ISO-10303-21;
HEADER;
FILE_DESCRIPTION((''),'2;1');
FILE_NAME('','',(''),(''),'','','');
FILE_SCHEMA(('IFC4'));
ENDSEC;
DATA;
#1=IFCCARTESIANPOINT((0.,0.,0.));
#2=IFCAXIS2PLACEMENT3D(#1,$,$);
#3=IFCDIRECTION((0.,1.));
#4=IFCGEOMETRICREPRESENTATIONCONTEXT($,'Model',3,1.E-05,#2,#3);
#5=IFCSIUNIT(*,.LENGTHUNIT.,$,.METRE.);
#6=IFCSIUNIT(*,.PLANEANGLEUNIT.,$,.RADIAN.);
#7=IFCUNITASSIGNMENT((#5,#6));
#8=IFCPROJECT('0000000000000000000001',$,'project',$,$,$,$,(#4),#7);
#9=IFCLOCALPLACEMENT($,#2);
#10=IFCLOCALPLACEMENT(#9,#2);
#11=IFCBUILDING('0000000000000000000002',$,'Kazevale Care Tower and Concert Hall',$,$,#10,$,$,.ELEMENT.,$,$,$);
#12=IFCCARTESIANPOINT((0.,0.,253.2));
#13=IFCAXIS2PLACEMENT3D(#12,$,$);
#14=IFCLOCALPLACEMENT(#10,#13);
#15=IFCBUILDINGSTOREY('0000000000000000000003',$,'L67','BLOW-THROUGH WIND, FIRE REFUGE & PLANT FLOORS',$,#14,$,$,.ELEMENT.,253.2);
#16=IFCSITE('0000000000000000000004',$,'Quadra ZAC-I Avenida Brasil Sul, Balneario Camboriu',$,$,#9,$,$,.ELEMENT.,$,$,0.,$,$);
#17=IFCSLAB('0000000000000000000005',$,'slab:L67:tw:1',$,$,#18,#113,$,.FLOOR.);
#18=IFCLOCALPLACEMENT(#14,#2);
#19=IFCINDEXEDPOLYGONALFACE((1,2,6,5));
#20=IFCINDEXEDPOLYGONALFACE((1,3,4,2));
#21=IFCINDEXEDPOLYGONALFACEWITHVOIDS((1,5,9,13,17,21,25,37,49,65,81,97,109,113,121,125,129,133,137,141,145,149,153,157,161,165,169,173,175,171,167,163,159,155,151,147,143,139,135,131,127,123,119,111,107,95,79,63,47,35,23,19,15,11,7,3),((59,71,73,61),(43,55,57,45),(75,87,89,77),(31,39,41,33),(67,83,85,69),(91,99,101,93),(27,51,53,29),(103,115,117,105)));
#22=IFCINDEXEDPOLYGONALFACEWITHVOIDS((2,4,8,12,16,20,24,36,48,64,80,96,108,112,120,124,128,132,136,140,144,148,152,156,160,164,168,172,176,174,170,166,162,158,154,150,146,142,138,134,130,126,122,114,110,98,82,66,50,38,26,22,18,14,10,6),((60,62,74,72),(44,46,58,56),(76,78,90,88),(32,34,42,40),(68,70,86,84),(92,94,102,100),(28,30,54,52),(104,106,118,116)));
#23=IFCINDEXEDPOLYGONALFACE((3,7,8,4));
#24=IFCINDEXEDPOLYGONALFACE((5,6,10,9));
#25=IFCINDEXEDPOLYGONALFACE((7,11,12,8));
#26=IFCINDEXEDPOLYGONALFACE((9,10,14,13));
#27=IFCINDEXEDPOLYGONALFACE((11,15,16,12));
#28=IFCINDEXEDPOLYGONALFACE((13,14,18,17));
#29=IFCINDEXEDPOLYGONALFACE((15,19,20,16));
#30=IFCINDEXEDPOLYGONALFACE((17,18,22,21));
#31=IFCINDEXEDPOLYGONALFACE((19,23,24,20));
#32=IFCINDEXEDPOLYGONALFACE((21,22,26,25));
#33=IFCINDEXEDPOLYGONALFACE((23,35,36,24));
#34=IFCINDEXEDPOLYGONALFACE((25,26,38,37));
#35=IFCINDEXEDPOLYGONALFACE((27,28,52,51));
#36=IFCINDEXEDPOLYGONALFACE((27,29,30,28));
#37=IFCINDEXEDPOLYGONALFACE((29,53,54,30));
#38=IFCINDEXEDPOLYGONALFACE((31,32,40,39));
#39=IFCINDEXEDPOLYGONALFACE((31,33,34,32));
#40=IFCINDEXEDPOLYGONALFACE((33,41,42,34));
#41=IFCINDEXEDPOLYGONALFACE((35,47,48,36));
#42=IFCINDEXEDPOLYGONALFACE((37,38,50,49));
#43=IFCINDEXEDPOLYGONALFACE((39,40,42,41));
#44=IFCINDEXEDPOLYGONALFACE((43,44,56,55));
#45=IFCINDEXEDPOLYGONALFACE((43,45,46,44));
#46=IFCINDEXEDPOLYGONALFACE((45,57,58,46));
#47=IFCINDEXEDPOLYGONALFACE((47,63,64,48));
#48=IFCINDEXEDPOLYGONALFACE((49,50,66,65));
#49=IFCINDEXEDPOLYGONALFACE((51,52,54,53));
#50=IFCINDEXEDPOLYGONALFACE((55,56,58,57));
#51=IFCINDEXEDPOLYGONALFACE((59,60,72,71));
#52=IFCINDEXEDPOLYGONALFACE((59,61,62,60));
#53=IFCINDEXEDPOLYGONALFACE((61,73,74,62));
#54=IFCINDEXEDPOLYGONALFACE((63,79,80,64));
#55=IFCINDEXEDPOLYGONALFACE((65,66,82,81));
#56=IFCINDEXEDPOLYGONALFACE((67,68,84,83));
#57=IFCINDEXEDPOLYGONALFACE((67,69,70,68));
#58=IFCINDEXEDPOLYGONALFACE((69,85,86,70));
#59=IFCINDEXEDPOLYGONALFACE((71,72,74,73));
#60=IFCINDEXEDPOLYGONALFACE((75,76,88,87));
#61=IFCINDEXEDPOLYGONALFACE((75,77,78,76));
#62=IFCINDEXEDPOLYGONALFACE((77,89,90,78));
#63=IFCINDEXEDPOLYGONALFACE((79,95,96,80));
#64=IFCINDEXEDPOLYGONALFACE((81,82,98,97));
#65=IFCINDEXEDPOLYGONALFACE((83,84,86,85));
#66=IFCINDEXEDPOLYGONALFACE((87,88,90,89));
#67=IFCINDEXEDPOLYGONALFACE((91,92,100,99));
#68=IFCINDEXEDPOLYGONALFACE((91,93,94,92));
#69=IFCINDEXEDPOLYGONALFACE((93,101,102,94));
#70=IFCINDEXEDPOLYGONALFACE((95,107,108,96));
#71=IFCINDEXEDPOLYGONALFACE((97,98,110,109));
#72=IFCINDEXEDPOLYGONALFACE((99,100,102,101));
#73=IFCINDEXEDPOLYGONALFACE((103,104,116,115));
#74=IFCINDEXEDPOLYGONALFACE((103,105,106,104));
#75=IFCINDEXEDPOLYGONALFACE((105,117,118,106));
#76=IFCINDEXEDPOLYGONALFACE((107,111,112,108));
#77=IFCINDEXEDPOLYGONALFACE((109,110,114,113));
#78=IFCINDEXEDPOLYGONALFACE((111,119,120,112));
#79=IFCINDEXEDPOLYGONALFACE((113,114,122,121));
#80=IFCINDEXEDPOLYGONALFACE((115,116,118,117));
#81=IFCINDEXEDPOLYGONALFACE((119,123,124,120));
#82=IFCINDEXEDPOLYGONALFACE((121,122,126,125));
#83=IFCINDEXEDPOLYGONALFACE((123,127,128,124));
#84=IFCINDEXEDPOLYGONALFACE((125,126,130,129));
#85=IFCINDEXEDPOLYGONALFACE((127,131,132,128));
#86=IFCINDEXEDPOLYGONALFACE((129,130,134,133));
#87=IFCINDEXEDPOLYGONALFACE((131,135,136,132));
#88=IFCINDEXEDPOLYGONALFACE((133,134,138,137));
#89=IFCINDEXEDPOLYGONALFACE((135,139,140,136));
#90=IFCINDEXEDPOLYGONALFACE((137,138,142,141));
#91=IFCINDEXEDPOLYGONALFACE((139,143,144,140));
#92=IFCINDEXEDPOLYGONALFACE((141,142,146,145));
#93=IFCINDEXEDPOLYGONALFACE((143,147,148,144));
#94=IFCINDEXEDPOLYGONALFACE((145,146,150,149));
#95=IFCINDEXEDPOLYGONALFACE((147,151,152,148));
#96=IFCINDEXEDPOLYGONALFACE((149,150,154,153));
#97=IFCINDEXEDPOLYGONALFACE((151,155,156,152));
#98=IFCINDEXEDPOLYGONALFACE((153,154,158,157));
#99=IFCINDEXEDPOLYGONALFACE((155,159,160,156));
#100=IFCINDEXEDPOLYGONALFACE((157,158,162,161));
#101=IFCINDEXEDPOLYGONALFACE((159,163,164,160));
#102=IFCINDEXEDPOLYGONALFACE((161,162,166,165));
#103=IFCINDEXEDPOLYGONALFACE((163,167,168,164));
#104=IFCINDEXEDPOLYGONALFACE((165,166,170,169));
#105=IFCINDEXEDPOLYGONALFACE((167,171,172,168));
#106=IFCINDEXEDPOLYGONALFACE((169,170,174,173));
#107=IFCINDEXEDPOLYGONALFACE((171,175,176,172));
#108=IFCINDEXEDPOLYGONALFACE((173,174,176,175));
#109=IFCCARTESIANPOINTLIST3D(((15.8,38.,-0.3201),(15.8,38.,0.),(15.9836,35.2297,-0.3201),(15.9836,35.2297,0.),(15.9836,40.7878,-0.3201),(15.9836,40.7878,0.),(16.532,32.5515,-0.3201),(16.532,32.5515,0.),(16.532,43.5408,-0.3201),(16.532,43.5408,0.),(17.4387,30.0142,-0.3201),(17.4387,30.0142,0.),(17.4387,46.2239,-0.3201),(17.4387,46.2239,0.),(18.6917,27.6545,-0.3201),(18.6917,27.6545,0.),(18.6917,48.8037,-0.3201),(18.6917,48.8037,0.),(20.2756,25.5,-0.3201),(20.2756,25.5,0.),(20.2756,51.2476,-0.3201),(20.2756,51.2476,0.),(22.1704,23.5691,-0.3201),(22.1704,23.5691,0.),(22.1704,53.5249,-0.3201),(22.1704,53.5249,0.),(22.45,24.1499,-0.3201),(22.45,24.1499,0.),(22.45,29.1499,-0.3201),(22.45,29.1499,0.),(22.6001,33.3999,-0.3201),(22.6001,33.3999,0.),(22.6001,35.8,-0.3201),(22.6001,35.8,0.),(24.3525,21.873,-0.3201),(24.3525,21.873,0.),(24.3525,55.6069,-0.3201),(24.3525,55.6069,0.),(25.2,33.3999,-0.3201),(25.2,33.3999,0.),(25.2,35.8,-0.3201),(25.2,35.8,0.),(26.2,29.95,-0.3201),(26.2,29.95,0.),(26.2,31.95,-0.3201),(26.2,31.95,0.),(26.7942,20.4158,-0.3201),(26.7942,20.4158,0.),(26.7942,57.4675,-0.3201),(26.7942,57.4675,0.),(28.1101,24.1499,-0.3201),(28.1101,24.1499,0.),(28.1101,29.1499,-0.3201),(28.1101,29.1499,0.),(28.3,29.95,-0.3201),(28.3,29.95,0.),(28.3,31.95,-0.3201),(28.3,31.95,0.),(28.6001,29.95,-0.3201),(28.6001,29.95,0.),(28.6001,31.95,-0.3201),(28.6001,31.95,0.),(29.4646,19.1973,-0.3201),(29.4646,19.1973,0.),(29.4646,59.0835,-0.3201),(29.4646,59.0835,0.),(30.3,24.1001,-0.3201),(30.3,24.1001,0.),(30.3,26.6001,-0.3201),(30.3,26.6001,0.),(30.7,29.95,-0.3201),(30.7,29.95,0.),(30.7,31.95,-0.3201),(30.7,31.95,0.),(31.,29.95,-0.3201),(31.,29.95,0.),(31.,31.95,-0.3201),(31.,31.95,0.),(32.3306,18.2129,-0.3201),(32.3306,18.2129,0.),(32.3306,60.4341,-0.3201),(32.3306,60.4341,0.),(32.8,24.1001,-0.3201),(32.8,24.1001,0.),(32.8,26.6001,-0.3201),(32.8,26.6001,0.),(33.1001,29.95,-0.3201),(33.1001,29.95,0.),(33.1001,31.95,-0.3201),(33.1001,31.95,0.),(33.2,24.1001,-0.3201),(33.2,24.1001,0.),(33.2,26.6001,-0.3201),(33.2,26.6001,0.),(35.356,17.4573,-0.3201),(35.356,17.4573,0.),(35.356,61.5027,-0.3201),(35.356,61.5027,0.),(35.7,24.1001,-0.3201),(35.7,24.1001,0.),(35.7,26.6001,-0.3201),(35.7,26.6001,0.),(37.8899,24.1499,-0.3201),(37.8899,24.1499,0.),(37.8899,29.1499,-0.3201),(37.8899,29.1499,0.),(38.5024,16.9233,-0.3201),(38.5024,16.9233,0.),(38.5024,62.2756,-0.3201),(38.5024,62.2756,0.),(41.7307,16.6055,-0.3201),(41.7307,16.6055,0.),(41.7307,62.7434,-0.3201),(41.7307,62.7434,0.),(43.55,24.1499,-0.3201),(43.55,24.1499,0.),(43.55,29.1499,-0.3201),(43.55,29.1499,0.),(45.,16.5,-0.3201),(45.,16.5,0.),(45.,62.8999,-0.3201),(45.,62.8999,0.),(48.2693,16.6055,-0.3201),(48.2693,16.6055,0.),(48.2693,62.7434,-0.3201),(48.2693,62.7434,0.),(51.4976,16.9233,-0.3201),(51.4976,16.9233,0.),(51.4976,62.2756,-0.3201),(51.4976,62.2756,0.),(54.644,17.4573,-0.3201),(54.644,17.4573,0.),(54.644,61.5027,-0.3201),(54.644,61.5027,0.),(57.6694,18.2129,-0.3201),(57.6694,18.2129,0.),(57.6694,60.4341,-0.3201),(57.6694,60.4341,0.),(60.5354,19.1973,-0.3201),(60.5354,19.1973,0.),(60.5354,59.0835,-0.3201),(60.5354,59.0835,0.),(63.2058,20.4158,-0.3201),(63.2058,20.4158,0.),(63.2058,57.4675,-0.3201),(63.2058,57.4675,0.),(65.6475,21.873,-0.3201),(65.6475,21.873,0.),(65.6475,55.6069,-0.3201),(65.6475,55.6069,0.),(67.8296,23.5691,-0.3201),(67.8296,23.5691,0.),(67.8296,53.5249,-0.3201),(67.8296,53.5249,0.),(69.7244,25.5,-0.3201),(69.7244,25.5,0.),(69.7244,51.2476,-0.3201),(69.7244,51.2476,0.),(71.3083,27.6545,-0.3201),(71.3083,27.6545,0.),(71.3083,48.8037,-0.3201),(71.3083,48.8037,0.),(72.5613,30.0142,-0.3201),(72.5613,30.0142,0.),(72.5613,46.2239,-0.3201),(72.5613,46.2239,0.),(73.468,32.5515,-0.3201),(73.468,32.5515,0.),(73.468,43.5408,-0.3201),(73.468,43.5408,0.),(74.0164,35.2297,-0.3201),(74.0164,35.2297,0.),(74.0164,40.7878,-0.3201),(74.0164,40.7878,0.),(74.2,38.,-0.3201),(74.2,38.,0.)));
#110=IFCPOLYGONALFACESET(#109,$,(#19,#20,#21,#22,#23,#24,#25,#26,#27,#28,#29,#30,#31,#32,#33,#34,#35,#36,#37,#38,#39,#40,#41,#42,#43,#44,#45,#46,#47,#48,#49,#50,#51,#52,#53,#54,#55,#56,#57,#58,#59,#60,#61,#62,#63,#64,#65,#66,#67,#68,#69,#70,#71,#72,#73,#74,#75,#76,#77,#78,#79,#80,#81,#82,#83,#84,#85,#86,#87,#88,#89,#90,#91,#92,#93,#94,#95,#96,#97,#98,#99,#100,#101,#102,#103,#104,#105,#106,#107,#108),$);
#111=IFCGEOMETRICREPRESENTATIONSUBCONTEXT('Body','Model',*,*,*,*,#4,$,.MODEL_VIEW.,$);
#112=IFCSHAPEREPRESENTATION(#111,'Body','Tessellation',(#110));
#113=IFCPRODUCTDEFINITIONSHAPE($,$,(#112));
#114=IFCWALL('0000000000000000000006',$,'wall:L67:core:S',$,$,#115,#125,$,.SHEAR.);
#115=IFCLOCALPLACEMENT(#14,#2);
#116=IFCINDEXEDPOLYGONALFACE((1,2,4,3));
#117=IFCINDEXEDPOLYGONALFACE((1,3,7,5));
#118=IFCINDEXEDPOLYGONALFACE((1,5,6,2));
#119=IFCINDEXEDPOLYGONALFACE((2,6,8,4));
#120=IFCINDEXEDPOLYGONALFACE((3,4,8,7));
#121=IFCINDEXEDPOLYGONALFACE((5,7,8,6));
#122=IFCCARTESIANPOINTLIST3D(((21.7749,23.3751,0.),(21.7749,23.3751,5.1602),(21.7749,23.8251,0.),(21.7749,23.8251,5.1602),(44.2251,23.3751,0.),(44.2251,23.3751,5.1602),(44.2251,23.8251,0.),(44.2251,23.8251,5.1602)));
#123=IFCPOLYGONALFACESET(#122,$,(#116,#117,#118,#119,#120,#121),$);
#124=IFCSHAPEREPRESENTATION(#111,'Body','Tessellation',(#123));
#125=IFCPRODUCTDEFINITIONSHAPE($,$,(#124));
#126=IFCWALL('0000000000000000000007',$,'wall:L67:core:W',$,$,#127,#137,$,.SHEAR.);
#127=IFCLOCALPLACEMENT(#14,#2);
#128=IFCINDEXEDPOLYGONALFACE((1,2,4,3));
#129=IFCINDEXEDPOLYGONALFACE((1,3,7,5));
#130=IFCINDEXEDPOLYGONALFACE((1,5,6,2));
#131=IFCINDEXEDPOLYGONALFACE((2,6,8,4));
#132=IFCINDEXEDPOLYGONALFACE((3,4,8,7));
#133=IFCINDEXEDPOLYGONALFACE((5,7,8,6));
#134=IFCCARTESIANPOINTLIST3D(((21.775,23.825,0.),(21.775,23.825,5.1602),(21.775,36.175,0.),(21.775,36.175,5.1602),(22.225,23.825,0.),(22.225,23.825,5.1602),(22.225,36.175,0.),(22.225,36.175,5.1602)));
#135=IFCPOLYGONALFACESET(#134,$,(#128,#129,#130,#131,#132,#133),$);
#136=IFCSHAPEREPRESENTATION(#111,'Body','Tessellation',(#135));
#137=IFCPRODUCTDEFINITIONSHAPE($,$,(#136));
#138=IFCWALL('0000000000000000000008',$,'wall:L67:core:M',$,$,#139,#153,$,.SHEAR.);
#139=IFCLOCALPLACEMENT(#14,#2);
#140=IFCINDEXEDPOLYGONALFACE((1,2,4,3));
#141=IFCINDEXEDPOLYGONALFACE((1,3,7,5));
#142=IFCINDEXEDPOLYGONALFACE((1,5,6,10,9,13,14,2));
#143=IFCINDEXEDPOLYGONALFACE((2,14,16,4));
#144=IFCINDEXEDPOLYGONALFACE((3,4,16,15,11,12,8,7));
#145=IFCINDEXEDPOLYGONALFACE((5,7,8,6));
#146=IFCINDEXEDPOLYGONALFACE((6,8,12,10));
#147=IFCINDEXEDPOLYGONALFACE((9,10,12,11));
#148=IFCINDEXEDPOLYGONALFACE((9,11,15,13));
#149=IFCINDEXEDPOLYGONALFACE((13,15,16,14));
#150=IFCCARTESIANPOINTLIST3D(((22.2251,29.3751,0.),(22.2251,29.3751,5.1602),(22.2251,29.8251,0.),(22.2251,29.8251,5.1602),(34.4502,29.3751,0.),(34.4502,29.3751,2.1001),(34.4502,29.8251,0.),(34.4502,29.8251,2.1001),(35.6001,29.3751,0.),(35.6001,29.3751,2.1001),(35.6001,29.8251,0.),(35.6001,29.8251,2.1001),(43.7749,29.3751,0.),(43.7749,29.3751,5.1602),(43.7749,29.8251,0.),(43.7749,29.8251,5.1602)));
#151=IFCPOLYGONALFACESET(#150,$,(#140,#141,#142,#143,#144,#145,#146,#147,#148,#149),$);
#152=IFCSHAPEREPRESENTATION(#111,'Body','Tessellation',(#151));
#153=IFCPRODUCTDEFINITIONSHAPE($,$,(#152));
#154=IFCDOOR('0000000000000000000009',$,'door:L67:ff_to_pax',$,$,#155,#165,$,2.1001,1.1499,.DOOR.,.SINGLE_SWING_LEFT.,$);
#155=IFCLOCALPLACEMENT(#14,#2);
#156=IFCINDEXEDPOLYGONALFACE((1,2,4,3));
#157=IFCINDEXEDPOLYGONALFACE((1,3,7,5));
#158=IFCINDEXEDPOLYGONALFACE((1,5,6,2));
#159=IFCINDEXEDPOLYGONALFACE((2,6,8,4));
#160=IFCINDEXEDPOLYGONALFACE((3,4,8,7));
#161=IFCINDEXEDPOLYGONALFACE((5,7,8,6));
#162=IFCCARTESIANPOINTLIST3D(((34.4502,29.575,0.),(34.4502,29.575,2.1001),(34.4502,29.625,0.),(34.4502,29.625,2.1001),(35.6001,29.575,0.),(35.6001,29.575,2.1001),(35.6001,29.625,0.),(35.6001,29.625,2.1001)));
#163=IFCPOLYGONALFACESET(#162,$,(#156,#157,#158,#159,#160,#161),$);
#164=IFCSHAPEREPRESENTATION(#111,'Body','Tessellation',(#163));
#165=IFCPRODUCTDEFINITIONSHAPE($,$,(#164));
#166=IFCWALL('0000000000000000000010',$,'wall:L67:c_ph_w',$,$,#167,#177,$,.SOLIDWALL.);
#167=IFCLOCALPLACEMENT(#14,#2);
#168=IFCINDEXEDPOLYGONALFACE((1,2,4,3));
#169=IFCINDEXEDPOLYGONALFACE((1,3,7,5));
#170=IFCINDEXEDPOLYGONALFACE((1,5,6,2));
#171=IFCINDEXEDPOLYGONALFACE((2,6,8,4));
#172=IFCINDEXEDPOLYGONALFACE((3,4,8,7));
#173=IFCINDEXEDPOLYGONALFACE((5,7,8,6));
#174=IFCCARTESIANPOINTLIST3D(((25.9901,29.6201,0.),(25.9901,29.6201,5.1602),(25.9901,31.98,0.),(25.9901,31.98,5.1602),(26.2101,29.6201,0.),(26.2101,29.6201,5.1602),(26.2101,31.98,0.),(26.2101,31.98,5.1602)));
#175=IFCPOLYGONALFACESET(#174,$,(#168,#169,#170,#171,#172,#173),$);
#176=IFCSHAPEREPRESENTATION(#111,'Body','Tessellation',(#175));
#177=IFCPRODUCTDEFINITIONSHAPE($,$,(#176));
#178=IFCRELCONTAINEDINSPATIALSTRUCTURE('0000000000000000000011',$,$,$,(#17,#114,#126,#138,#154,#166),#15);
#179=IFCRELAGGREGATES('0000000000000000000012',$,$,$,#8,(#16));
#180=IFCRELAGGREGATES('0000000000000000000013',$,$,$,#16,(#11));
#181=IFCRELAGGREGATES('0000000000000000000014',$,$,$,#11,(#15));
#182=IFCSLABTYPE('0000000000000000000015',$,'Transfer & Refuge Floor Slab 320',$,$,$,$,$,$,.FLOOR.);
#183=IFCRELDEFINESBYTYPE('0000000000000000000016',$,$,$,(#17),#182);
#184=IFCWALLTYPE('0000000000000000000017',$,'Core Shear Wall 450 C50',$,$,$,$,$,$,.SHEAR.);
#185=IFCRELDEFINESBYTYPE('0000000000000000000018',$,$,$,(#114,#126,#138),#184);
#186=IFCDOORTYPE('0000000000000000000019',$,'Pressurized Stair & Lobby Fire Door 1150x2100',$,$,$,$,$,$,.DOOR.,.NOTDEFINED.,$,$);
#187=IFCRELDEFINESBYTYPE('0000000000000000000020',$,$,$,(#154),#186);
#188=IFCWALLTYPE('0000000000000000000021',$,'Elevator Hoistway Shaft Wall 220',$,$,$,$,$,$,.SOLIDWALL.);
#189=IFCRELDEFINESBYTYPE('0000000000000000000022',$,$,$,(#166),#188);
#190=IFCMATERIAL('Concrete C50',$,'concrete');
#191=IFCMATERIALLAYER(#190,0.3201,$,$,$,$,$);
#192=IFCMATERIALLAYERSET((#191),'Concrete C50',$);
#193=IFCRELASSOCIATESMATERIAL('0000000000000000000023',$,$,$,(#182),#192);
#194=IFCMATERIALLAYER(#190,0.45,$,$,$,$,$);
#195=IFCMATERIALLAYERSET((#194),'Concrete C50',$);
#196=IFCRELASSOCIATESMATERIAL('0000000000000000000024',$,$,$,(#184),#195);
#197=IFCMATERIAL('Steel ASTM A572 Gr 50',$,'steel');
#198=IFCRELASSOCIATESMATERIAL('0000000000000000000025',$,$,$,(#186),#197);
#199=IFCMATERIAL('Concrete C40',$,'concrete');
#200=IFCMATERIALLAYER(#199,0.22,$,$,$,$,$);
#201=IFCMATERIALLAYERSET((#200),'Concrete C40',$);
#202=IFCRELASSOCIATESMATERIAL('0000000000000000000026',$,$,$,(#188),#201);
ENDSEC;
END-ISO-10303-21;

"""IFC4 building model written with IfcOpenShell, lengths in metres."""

from ifc_helpers import new_model, si_unit, direction, frame, frame_2d, origin, place, context, subcontext, project, spatial, polyline, rectangle, outline, extrude, material, layer, layer_set, type_object, element, fill, save


model = new_model("IFC4")

# Units and contexts
model_context = context("Model", 3, precision=1e-05, world=origin(), true_north=direction((0.0, 1.0)))
body_context = subcontext(model_context, "Body", "Model", "MODEL_VIEW")
ifc_project = project(units=[si_unit("LENGTHUNIT", "METRE"), si_unit("PLANEANGLEUNIT", "RADIAN")], contexts=[model_context])

# Site, building, storey
site_placement = place(None, origin())
site = spatial("IfcSite", under=ifc_project, at=site_placement, Name="Quadra ZAC-I Avenida Brasil Sul, Balneario Camboriu", CompositionType="ELEMENT", RefElevation=0.0)
building_placement = place(site_placement, origin())
building = spatial("IfcBuilding", under=site, at=building_placement, Name="Kazevale Care Tower and Concert Hall", CompositionType="ELEMENT")
storey_placement = place(building_placement, frame((0.0, 0.0, 253.2)))
storey = spatial("IfcBuildingStorey", under=building, at=storey_placement, Name="L67", Description="BLOW-THROUGH WIND, FIRE REFUGE & PLANT FLOORS", CompositionType="ELEMENT", Elevation=253.2)

# Shared definitions
ifc_material_1 = material(Name="Concrete C50", Category="concrete")

# Shared definitions
ifc_material_2 = material(Name="Steel ASTM A572 Gr 50", Category="steel")

# Shared definitions
ifc_material_3 = material(Name="Concrete C40", Category="concrete")

# Slab
ifc_layer_1 = layer(ifc_material_1, 0.3201)
ifc_layer_set_1 = layer_set([ifc_layer_1], Name="Concrete C50")
slab_type_1 = type_object("IfcSlabType", Name="Transfer & Refuge Floor Slab 320", PredefinedType="FLOOR", material=ifc_layer_set_1)
slab_1_placement = place(storey_placement, frame((0.0, 0.0, -0.3201)))
element("IfcSlab", 1, at=slab_1_placement, inside=storey, type_object=slab_type_1, Name="slab:L67:tw:1", PredefinedType="FLOOR", context=body_context, shape_type="SweptSolid", body=[
    extrude(outline(polyline([(74.2, 38.0), (74.0164, 40.7878), (73.468, 43.5408), (72.5613, 46.2239), (71.3083, 48.8037), (69.7244, 51.2476), (67.8296, 53.5249), (65.6475, 55.6069), (63.2058, 57.4675), (60.5354, 59.0835), (57.6694, 60.4341), (54.644, 61.5027), (51.4976, 62.2756), (48.2693, 62.7434), (45.0, 62.8999), (41.7307, 62.7434), (38.5024, 62.2756), (35.356, 61.5027), (32.3306, 60.4341), (29.4646, 59.0835), (26.7942, 57.4675), (24.3525, 55.6069), (22.1704, 53.5249), (20.2756, 51.2476), (18.6917, 48.8037), (17.4387, 46.2239), (16.532, 43.5408), (15.9836, 40.7878), (15.8, 38.0), (15.9836, 35.2297), (16.532, 32.5515), (17.4387, 30.0142), (18.6917, 27.6545), (20.2756, 25.5), (22.1704, 23.5691), (24.3525, 21.873), (26.7942, 20.4158), (29.4646, 19.1973), (32.3306, 18.2129), (35.356, 17.4573), (38.5024, 16.9233), (41.7307, 16.6055), (45.0, 16.5), (48.2693, 16.6055), (51.4976, 16.9233), (54.644, 17.4573), (57.6694, 18.2129), (60.5354, 19.1973), (63.2058, 20.4158), (65.6475, 21.873), (67.8296, 23.5691), (69.7244, 25.5), (71.3083, 27.6545), (72.5613, 30.0142), (73.468, 32.5515), (74.0164, 35.2297), (74.2, 38.0)]), holes=[polyline([(22.45, 24.1499), (28.1101, 24.1499), (28.1101, 29.1499), (22.45, 29.1499), (22.45, 24.1499)]), polyline([(37.8899, 24.1499), (43.55, 24.1499), (43.55, 29.1499), (37.8899, 29.1499), (37.8899, 24.1499)]), polyline([(30.3, 24.1001), (32.8, 24.1001), (32.8, 26.6001), (30.3, 26.6001), (30.3, 24.1001)]), polyline([(33.2, 24.1001), (35.7, 24.1001), (35.7, 26.6001), (33.2, 26.6001), (33.2, 24.1001)]), polyline([(22.6001, 33.3999), (25.2, 33.3999), (25.2, 35.8), (22.6001, 35.8), (22.6001, 33.3999)]), polyline([(26.2, 29.95), (28.3, 29.95), (28.3, 31.95), (26.2, 31.95), (26.2, 29.95)]), polyline([(28.6001, 29.95), (30.7, 29.95), (30.7, 31.95), (28.6001, 31.95), (28.6001, 29.95)]), polyline([(31.0, 29.95), (33.1001, 29.95), (33.1001, 31.95), (31.0, 31.95), (31.0, 29.95)])]), origin(), (0.0, 0.0, 1.0), 0.3201),
])

# Walls
ifc_layer_2 = layer(ifc_material_1, 0.45)
ifc_layer_set_2 = layer_set([ifc_layer_2], Name="Concrete C50")
wall_type_1 = type_object("IfcWallType", Name="Core Shear Wall 450 C50", PredefinedType="SHEAR", material=ifc_layer_set_2)
wall_1_placement = place(storey_placement, frame((21.7749, 23.6001, 0.0), z_axis=(0.0, 0.0, 1.0), x_axis=(1.0, 0.0, 0.0)))
element("IfcWall", 2, at=wall_1_placement, inside=storey, type_object=wall_type_1, Name="wall:L67:core:S", PredefinedType="SHEAR", context=body_context, shape_type="SweptSolid", body=[
    extrude(rectangle(XDim=22.4502, YDim=0.45, at=frame_2d((11.2251, 0.0))), origin(), (0.0, 0.0, 1.0), 5.1602),
])
wall_2_placement = place(storey_placement, frame((22.0, 23.825, 0.0), z_axis=(0.0, 0.0, 1.0), x_axis=(0.0, 1.0, 0.0)))
element("IfcWall", 3, at=wall_2_placement, inside=storey, type_object=wall_type_1, Name="wall:L67:core:W", PredefinedType="SHEAR", context=body_context, shape_type="SweptSolid", body=[
    extrude(rectangle(XDim=12.3501, YDim=0.45, at=frame_2d((6.175, 0.0))), origin(), (0.0, 0.0, 1.0), 5.1602),
])

# Wall, opening, door
wall_3_placement = place(storey_placement, frame((22.2251, 29.6001, 0.0), z_axis=(0.0, 0.0, 1.0), x_axis=(1.0, 0.0, 0.0)))
wall_3 = element("IfcWall", 4, at=wall_3_placement, inside=storey, type_object=wall_type_1, Name="wall:L67:core:M", PredefinedType="SHEAR", context=body_context, shape_type="SweptSolid", body=[
    extrude(rectangle(XDim=21.5498, YDim=0.45, at=frame_2d((10.7749, 0.0))), origin(), (0.0, 0.0, 1.0), 5.1602),
])
opening_placement = place(wall_3_placement, frame((12.2251, 0.0, 0.0)))
opening = element("IfcOpeningElement", 5, at=opening_placement, cuts=wall_3, PredefinedType="OPENING", context=body_context, shape_type="SweptSolid", body=[
    extrude(rectangle(XDim=1.1499, YDim=2.1001, at=frame_2d((0.575, 1.05))), frame((0.0, 0.2349, 0.0), z_axis=(0.0, -1.0, 0.0), x_axis=(1.0, 0.0, 0.0)), (0.0, 0.0, 1.0), 0.47),
])
door_type = type_object("IfcDoorType", Name="Pressurized Stair & Lobby Fire Door 1150x2100", OperationType="NOTDEFINED", PredefinedType="DOOR", material=ifc_material_2)
door_placement = place(opening_placement, origin())
door = element("IfcDoor", 6, at=door_placement, inside=storey, type_object=door_type, Name="door:L67:ff_to_pax", OperationType="SINGLE_SWING_LEFT", OverallHeight=2.1001, OverallWidth=1.1499, PredefinedType="DOOR", context=body_context, shape_type="SweptSolid", body=[
    extrude(rectangle(XDim=1.1499, YDim=2.1001, at=frame_2d((0.575, 1.05))), frame((0.0, 0.0249, 0.0), z_axis=(0.0, -1.0, 0.0), x_axis=(1.0, 0.0, 0.0)), (0.0, 0.0, 1.0), 0.05),
])
fill(opening, door)

# Wall
ifc_layer_3 = layer(ifc_material_3, 0.22)
ifc_layer_set_3 = layer_set([ifc_layer_3], Name="Concrete C40")
wall_type_2 = type_object("IfcWallType", Name="Elevator Hoistway Shaft Wall 220", PredefinedType="SOLIDWALL", material=ifc_layer_set_3)
wall_4_placement = place(storey_placement, frame((26.1001, 29.6201, 0.0), z_axis=(0.0, 0.0, 1.0), x_axis=(0.0, 1.0, 0.0)))
element("IfcWall", 7, at=wall_4_placement, inside=storey, type_object=wall_type_2, Name="wall:L67:c_ph_w", PredefinedType="SOLIDWALL", context=body_context, shape_type="SweptSolid", body=[
    extrude(rectangle(XDim=2.3599, YDim=0.22, at=frame_2d((1.1799, 0.0))), origin(), (0.0, 0.0, 1.0), 5.1602),
])

save(model, "model.ifc")
